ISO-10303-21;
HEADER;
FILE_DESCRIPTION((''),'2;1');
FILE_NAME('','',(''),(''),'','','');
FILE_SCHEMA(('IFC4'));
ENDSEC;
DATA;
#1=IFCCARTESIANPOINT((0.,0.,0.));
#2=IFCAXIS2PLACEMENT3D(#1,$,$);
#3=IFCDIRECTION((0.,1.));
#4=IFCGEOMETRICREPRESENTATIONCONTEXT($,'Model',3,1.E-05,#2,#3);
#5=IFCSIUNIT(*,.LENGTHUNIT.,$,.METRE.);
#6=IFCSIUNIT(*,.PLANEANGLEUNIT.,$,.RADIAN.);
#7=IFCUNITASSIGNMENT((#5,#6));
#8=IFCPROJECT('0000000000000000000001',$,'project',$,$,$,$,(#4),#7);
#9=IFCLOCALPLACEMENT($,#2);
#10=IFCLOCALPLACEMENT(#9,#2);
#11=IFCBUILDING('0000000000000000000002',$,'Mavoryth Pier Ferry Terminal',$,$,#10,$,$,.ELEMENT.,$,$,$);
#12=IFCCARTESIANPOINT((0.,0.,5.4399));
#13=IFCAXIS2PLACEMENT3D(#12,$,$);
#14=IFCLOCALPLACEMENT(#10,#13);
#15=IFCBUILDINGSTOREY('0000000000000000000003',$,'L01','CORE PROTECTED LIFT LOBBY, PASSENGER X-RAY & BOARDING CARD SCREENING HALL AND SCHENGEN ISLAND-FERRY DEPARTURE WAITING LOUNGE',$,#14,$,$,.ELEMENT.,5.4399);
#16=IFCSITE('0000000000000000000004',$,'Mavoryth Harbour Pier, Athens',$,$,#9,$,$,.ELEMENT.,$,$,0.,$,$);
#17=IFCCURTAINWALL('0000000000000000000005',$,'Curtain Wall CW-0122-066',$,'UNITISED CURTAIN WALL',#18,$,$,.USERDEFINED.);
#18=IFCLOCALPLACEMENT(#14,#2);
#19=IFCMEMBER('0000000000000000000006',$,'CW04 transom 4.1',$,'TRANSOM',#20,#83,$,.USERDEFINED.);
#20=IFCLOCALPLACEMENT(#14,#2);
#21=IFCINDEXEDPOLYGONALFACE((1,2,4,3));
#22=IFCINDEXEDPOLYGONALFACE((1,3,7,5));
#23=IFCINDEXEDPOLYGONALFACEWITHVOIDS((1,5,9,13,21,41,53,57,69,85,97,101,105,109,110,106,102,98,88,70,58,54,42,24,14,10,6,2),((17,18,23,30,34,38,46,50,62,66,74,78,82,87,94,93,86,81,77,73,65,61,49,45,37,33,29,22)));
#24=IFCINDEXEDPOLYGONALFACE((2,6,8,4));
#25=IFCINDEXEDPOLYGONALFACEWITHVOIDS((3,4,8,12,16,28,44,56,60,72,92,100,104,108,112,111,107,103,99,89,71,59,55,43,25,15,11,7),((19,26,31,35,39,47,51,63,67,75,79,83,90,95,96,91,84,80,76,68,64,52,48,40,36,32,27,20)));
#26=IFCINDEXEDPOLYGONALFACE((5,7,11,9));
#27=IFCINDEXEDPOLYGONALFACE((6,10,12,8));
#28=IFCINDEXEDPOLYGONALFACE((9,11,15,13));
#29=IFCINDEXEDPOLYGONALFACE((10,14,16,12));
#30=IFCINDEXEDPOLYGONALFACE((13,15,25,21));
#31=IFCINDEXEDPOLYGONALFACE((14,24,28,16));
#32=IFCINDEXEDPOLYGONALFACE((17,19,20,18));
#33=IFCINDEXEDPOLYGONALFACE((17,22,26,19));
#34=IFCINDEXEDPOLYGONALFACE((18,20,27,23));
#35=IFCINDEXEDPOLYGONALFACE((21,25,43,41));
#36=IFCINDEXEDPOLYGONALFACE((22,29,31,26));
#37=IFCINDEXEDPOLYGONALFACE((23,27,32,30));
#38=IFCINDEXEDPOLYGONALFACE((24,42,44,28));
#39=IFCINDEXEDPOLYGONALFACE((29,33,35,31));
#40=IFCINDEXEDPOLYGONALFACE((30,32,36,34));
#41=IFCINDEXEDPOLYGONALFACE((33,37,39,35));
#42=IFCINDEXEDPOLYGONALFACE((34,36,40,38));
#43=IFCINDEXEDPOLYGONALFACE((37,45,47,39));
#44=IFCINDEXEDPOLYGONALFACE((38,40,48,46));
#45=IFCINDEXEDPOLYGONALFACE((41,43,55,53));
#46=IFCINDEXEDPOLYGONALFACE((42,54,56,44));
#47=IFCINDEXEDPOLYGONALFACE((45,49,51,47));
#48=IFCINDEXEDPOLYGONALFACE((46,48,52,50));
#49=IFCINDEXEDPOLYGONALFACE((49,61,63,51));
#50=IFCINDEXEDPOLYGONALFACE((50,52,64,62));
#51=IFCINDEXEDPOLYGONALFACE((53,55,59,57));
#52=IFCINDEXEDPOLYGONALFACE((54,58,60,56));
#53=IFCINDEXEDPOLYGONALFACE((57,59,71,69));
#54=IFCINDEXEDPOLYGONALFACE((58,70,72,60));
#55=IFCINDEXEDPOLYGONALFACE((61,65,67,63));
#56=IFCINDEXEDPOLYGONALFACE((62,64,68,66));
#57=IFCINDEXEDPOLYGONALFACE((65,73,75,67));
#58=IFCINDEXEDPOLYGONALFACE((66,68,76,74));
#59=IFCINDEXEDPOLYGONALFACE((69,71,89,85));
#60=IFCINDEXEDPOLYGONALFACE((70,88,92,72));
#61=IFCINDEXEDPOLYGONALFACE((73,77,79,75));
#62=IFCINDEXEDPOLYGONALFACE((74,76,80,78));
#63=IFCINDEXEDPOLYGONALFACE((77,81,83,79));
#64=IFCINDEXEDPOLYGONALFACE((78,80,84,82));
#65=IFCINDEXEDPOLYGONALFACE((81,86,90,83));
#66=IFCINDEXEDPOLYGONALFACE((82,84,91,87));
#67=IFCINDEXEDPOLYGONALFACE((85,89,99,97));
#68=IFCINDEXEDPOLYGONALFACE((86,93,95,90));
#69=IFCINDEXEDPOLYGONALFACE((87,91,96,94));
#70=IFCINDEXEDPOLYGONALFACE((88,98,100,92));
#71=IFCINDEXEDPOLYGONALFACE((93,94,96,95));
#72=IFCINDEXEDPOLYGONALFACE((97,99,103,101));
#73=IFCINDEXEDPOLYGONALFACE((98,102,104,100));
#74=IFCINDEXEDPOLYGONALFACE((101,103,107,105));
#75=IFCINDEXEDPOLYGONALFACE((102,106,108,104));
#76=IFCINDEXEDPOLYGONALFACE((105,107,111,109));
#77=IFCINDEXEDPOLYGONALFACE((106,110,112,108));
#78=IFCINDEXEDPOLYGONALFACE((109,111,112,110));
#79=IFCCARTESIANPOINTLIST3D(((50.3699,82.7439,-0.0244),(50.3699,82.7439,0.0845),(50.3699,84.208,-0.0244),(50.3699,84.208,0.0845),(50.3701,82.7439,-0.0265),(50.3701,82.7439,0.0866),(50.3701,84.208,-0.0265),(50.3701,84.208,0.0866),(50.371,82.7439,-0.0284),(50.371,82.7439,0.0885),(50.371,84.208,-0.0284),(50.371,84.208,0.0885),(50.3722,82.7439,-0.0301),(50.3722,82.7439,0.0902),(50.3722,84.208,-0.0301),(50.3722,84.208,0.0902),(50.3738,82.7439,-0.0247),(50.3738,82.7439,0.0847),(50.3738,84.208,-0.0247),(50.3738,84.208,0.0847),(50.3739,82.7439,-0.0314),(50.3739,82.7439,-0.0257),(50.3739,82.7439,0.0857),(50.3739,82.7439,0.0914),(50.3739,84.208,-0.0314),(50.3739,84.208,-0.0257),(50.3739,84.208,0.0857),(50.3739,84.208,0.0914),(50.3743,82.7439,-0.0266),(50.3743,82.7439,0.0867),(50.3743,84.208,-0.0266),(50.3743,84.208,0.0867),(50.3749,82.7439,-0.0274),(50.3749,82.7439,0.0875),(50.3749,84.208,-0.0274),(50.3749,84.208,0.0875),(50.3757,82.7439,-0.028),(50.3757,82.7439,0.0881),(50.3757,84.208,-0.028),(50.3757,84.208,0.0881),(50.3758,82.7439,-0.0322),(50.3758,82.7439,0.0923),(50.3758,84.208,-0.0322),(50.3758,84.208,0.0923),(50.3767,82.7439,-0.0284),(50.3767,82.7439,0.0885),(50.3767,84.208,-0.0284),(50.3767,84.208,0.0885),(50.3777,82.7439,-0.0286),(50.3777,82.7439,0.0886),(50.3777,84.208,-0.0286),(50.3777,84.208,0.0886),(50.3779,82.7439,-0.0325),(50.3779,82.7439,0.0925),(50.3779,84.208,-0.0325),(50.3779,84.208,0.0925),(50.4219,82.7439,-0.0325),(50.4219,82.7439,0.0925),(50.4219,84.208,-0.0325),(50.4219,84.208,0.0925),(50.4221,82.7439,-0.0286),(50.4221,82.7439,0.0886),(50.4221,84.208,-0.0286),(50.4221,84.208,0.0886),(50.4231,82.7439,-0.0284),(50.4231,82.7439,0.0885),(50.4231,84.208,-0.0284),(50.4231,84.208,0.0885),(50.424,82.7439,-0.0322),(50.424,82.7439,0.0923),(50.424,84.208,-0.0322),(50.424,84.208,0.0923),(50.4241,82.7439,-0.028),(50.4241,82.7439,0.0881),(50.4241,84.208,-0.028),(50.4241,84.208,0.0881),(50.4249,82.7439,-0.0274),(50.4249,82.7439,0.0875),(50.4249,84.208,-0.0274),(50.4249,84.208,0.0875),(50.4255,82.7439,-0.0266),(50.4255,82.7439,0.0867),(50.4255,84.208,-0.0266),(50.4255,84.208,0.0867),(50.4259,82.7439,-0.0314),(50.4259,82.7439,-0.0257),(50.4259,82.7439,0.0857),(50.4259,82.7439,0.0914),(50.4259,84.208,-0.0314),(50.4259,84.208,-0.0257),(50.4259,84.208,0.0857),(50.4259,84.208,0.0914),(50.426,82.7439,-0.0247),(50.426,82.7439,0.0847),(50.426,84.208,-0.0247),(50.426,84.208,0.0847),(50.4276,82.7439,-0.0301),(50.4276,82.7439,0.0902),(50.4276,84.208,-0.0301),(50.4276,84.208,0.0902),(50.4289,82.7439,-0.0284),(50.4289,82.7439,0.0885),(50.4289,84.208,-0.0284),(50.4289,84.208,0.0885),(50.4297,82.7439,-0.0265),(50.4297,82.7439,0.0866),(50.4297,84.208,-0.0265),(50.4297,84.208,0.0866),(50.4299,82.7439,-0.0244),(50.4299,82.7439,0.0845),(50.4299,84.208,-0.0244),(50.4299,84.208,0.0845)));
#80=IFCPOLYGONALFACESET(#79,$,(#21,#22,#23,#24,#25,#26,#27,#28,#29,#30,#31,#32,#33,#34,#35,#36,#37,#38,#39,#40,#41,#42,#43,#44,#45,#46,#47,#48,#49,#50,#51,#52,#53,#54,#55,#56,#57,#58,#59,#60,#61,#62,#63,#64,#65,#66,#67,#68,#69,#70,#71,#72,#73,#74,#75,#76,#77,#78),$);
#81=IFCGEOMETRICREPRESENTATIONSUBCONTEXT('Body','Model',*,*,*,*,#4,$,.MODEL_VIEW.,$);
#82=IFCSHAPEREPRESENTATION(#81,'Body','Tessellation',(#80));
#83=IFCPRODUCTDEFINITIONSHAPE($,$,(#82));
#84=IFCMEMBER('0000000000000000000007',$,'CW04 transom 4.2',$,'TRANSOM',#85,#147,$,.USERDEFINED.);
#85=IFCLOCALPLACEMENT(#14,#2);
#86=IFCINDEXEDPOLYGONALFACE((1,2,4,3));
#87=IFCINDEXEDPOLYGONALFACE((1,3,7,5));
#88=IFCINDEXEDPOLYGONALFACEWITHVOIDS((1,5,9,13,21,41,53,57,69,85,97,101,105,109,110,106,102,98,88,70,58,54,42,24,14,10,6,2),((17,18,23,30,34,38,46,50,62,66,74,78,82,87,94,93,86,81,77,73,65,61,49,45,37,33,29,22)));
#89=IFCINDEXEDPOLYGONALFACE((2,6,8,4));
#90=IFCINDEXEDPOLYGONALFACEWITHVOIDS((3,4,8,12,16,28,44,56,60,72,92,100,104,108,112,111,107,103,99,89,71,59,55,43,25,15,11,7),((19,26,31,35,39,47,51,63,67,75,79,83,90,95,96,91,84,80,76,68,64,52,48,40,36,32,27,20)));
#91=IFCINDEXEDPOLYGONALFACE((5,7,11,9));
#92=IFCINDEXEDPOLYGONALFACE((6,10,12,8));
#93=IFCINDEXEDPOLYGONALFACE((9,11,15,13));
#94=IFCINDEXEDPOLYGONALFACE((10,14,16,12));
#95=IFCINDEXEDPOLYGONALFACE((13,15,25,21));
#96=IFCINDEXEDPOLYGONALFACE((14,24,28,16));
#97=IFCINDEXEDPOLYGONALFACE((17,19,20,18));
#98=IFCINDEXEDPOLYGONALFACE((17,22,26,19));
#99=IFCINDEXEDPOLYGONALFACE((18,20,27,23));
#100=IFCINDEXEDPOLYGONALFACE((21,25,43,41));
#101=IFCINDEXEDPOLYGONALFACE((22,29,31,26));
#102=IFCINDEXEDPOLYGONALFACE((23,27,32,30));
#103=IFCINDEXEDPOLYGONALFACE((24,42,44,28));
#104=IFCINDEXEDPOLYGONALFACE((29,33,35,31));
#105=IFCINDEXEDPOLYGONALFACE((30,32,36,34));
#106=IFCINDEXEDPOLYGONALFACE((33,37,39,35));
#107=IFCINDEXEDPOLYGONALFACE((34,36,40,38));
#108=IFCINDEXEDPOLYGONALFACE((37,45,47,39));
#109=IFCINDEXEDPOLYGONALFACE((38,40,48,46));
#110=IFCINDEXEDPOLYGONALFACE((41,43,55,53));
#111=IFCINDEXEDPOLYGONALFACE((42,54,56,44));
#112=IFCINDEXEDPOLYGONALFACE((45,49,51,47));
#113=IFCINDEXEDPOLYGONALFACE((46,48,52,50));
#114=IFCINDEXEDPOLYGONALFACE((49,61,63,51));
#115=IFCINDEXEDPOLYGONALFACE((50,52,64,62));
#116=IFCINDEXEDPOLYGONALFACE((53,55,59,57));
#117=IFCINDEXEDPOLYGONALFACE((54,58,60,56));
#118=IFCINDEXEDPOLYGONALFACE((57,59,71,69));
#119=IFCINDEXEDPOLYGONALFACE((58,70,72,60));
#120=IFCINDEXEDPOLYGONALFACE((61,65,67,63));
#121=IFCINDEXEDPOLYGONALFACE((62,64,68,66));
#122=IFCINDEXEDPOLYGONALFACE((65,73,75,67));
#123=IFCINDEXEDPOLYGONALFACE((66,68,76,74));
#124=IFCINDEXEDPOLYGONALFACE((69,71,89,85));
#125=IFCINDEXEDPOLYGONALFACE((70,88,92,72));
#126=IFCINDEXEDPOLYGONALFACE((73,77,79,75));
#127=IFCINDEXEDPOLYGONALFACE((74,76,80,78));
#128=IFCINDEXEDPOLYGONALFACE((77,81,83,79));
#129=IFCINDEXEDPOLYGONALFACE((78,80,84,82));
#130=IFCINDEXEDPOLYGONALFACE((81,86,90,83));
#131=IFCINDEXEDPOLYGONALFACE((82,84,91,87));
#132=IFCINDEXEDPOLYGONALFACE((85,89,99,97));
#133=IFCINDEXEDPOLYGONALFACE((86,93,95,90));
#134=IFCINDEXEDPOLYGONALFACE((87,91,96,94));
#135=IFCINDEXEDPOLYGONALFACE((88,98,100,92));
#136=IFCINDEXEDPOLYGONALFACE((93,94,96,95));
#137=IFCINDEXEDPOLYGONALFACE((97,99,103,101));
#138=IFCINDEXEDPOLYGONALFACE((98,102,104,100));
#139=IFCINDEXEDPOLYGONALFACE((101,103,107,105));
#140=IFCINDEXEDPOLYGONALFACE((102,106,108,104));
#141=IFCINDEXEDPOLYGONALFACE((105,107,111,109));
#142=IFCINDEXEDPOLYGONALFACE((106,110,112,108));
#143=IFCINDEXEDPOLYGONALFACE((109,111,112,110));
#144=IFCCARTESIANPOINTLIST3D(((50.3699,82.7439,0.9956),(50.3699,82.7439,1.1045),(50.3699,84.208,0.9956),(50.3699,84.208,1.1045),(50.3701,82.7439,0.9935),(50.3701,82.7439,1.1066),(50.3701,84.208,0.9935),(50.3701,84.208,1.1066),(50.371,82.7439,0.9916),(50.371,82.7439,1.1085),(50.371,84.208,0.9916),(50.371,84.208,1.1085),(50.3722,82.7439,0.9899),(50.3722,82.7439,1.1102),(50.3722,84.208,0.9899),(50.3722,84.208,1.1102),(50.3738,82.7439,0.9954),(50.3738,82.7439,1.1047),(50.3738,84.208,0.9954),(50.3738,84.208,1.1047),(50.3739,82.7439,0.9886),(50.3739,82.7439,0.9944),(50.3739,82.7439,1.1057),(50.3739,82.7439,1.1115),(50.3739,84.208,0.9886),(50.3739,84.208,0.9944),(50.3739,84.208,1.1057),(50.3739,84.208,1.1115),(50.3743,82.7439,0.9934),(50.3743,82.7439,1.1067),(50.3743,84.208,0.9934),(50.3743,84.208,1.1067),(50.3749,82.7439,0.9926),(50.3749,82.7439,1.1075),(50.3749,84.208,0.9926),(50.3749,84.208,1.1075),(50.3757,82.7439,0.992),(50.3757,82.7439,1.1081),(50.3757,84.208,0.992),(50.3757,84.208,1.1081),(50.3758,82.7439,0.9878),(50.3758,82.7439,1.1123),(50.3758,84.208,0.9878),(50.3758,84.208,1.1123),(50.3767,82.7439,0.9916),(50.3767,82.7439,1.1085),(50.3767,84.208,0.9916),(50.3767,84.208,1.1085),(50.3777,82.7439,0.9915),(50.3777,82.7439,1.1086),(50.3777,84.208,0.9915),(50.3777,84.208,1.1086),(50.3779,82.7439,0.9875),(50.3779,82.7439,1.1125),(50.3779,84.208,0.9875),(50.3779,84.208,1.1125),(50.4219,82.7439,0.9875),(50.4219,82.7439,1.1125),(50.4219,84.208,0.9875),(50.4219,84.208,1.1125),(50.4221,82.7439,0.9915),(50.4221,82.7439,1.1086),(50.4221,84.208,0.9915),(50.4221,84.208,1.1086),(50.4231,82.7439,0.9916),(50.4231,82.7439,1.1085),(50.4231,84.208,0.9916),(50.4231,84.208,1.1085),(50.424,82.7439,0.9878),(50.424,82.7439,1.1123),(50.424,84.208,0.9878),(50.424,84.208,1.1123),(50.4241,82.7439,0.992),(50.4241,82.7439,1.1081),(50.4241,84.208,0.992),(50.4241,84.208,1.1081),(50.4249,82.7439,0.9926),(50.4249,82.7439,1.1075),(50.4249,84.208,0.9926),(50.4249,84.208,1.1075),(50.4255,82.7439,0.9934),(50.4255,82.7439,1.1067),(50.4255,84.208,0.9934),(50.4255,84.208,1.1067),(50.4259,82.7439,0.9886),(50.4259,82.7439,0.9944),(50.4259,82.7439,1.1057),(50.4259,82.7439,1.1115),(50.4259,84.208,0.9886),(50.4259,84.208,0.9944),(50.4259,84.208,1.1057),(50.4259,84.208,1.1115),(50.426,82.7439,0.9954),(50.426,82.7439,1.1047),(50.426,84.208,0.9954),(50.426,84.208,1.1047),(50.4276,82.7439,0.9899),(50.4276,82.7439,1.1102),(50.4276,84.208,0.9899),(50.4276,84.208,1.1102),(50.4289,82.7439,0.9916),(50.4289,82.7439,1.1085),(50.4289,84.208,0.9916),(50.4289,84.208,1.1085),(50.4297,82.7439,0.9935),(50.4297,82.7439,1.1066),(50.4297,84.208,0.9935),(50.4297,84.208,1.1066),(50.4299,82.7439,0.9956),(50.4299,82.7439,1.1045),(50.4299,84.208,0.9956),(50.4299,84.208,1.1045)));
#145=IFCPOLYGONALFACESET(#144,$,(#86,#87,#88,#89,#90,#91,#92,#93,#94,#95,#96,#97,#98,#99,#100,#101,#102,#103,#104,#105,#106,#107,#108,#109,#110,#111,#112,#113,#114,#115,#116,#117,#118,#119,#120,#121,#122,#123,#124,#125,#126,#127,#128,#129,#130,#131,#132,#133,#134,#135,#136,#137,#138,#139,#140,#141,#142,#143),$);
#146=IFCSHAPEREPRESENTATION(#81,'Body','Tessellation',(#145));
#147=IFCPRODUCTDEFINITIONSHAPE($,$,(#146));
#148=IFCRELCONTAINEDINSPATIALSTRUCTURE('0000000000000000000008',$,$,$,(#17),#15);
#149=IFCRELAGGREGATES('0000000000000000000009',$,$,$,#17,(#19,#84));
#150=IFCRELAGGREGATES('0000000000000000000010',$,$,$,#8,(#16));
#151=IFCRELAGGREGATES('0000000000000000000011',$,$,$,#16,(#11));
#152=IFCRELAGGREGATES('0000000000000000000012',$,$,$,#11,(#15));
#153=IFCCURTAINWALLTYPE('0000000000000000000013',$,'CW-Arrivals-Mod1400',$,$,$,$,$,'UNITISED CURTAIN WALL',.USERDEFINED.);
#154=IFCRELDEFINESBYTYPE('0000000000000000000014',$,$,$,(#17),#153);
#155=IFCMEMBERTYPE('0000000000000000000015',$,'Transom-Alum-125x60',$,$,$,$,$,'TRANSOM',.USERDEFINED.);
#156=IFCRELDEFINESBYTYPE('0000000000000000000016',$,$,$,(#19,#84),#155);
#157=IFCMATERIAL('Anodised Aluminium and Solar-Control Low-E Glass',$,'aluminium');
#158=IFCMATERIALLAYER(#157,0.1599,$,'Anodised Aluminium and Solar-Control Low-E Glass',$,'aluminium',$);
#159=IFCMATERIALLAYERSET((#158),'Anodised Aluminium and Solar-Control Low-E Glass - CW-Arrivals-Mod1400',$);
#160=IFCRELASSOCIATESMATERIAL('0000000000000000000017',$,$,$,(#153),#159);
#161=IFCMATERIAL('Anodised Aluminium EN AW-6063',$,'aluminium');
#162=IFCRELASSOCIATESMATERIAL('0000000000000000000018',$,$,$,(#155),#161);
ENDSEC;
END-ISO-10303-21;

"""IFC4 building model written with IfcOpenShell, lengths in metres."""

from ifc_helpers import new_model, si_unit, direction, frame, origin, origin_2d, place, context, subcontext, project, spatial, hollow_rectangle, extrude, material, layer, layer_set, material_profile, profile_set, type_object, element, aggregate, save


model = new_model("IFC4")

# Units and contexts
model_context = context("Model", 3, precision=1e-05, world=origin(), true_north=direction((0.0, 1.0)))
body_context = subcontext(model_context, "Body", "Model", "MODEL_VIEW")
ifc_project = project(units=[si_unit("LENGTHUNIT", "METRE"), si_unit("PLANEANGLEUNIT", "RADIAN")], contexts=[model_context])

# Site, building, storey
site_placement = place(None, origin())
site = spatial("IfcSite", under=ifc_project, at=site_placement, Name="Mavoryth Harbour Pier, Athens", CompositionType="ELEMENT", RefElevation=0.0)
building_placement = place(site_placement, origin())
building = spatial("IfcBuilding", under=site, at=building_placement, Name="Mavoryth Pier Ferry Terminal", CompositionType="ELEMENT")
storey_placement = place(building_placement, frame((0.0, 0.0, 5.4399)))
storey = spatial("IfcBuildingStorey", under=building, at=storey_placement, Name="L01", Description="CORE PROTECTED LIFT LOBBY, PASSENGER X-RAY & BOARDING CARD SCREENING HALL AND SCHENGEN ISLAND-FERRY DEPARTURE WAITING LOUNGE", CompositionType="ELEMENT", Elevation=5.4399)

# Curtain wall
ifc_material_1 = material(Name="Anodised Aluminium and Solar-Control Low-E Glass", Category="aluminium")
ifc_layer_1 = layer(ifc_material_1, 0.1599, Name="Anodised Aluminium and Solar-Control Low-E Glass", Category="aluminium")
ifc_layer_set_1 = layer_set([ifc_layer_1], Name="Anodised Aluminium and Solar-Control Low-E Glass - CW-Arrivals-Mod1400")
curtain_wall_type = type_object("IfcCurtainWallType", Name="CW-Arrivals-Mod1400", ElementType="UNITISED CURTAIN WALL", PredefinedType="USERDEFINED", material=ifc_layer_set_1)
ifc_material_2 = material(Name="Anodised Aluminium EN AW-6063", Category="aluminium")
curtain_wall_1_placement = place(storey_placement, origin())
curtain_wall_1 = element("IfcCurtainWall", 1, at=curtain_wall_1_placement, inside=storey, type_object=curtain_wall_type, Name="Curtain Wall CW-0122-066", ObjectType="UNITISED CURTAIN WALL", PredefinedType="USERDEFINED")

# Members
ifc_material_profile_1 = material_profile(ifc_material_2, hollow_rectangle(XDim=0.0601, YDim=0.125, WallThickness=0.0039, InnerFilletRadius=0.0039, OuterFilletRadius=0.0081, at=origin_2d()), Name="AL-TRAN 125x60x4", Category="aluminium")
ifc_profile_set_1 = profile_set([ifc_material_profile_1], Name="Anodised Aluminium EN AW-6063 - AL-TRAN 125x60x4")
member_type_1 = type_object("IfcMemberType", Name="Transom-Alum-125x60", ElementType="TRANSOM", PredefinedType="USERDEFINED", material=ifc_profile_set_1)
member_1_placement = place(storey_placement, frame((50.3999, 84.208, 0.03), z_axis=(0.0, -1.0, 0.0), x_axis=(1.0, 0.0, 0.0)))
member_1 = element("IfcMember", 2, at=member_1_placement, type_object=member_type_1, Name="CW04 transom 4.1", ObjectType="TRANSOM", PredefinedType="USERDEFINED", context=body_context, shape_type="SweptSolid", body=[
    extrude(hollow_rectangle(XDim=0.0601, YDim=0.125, WallThickness=0.0039, InnerFilletRadius=0.0039, OuterFilletRadius=0.0081, at=origin_2d()), origin(), (0.0, 0.0, 1.0), 1.4641),
])
member_2_placement = place(storey_placement, frame((50.3999, 84.208, 1.05), z_axis=(0.0, -1.0, 0.0), x_axis=(1.0, 0.0, 0.0)))
member_2 = element("IfcMember", 3, at=member_2_placement, type_object=member_type_1, Name="CW04 transom 4.2", ObjectType="TRANSOM", PredefinedType="USERDEFINED", context=body_context, shape_type="SweptSolid", body=[
    extrude(hollow_rectangle(XDim=0.0601, YDim=0.125, WallThickness=0.0039, InnerFilletRadius=0.0039, OuterFilletRadius=0.0081, at=origin_2d()), origin(), (0.0, 0.0, 1.0), 1.4641),
])

aggregate(curtain_wall_1, [member_1, member_2])

save(model, "model.ifc")
